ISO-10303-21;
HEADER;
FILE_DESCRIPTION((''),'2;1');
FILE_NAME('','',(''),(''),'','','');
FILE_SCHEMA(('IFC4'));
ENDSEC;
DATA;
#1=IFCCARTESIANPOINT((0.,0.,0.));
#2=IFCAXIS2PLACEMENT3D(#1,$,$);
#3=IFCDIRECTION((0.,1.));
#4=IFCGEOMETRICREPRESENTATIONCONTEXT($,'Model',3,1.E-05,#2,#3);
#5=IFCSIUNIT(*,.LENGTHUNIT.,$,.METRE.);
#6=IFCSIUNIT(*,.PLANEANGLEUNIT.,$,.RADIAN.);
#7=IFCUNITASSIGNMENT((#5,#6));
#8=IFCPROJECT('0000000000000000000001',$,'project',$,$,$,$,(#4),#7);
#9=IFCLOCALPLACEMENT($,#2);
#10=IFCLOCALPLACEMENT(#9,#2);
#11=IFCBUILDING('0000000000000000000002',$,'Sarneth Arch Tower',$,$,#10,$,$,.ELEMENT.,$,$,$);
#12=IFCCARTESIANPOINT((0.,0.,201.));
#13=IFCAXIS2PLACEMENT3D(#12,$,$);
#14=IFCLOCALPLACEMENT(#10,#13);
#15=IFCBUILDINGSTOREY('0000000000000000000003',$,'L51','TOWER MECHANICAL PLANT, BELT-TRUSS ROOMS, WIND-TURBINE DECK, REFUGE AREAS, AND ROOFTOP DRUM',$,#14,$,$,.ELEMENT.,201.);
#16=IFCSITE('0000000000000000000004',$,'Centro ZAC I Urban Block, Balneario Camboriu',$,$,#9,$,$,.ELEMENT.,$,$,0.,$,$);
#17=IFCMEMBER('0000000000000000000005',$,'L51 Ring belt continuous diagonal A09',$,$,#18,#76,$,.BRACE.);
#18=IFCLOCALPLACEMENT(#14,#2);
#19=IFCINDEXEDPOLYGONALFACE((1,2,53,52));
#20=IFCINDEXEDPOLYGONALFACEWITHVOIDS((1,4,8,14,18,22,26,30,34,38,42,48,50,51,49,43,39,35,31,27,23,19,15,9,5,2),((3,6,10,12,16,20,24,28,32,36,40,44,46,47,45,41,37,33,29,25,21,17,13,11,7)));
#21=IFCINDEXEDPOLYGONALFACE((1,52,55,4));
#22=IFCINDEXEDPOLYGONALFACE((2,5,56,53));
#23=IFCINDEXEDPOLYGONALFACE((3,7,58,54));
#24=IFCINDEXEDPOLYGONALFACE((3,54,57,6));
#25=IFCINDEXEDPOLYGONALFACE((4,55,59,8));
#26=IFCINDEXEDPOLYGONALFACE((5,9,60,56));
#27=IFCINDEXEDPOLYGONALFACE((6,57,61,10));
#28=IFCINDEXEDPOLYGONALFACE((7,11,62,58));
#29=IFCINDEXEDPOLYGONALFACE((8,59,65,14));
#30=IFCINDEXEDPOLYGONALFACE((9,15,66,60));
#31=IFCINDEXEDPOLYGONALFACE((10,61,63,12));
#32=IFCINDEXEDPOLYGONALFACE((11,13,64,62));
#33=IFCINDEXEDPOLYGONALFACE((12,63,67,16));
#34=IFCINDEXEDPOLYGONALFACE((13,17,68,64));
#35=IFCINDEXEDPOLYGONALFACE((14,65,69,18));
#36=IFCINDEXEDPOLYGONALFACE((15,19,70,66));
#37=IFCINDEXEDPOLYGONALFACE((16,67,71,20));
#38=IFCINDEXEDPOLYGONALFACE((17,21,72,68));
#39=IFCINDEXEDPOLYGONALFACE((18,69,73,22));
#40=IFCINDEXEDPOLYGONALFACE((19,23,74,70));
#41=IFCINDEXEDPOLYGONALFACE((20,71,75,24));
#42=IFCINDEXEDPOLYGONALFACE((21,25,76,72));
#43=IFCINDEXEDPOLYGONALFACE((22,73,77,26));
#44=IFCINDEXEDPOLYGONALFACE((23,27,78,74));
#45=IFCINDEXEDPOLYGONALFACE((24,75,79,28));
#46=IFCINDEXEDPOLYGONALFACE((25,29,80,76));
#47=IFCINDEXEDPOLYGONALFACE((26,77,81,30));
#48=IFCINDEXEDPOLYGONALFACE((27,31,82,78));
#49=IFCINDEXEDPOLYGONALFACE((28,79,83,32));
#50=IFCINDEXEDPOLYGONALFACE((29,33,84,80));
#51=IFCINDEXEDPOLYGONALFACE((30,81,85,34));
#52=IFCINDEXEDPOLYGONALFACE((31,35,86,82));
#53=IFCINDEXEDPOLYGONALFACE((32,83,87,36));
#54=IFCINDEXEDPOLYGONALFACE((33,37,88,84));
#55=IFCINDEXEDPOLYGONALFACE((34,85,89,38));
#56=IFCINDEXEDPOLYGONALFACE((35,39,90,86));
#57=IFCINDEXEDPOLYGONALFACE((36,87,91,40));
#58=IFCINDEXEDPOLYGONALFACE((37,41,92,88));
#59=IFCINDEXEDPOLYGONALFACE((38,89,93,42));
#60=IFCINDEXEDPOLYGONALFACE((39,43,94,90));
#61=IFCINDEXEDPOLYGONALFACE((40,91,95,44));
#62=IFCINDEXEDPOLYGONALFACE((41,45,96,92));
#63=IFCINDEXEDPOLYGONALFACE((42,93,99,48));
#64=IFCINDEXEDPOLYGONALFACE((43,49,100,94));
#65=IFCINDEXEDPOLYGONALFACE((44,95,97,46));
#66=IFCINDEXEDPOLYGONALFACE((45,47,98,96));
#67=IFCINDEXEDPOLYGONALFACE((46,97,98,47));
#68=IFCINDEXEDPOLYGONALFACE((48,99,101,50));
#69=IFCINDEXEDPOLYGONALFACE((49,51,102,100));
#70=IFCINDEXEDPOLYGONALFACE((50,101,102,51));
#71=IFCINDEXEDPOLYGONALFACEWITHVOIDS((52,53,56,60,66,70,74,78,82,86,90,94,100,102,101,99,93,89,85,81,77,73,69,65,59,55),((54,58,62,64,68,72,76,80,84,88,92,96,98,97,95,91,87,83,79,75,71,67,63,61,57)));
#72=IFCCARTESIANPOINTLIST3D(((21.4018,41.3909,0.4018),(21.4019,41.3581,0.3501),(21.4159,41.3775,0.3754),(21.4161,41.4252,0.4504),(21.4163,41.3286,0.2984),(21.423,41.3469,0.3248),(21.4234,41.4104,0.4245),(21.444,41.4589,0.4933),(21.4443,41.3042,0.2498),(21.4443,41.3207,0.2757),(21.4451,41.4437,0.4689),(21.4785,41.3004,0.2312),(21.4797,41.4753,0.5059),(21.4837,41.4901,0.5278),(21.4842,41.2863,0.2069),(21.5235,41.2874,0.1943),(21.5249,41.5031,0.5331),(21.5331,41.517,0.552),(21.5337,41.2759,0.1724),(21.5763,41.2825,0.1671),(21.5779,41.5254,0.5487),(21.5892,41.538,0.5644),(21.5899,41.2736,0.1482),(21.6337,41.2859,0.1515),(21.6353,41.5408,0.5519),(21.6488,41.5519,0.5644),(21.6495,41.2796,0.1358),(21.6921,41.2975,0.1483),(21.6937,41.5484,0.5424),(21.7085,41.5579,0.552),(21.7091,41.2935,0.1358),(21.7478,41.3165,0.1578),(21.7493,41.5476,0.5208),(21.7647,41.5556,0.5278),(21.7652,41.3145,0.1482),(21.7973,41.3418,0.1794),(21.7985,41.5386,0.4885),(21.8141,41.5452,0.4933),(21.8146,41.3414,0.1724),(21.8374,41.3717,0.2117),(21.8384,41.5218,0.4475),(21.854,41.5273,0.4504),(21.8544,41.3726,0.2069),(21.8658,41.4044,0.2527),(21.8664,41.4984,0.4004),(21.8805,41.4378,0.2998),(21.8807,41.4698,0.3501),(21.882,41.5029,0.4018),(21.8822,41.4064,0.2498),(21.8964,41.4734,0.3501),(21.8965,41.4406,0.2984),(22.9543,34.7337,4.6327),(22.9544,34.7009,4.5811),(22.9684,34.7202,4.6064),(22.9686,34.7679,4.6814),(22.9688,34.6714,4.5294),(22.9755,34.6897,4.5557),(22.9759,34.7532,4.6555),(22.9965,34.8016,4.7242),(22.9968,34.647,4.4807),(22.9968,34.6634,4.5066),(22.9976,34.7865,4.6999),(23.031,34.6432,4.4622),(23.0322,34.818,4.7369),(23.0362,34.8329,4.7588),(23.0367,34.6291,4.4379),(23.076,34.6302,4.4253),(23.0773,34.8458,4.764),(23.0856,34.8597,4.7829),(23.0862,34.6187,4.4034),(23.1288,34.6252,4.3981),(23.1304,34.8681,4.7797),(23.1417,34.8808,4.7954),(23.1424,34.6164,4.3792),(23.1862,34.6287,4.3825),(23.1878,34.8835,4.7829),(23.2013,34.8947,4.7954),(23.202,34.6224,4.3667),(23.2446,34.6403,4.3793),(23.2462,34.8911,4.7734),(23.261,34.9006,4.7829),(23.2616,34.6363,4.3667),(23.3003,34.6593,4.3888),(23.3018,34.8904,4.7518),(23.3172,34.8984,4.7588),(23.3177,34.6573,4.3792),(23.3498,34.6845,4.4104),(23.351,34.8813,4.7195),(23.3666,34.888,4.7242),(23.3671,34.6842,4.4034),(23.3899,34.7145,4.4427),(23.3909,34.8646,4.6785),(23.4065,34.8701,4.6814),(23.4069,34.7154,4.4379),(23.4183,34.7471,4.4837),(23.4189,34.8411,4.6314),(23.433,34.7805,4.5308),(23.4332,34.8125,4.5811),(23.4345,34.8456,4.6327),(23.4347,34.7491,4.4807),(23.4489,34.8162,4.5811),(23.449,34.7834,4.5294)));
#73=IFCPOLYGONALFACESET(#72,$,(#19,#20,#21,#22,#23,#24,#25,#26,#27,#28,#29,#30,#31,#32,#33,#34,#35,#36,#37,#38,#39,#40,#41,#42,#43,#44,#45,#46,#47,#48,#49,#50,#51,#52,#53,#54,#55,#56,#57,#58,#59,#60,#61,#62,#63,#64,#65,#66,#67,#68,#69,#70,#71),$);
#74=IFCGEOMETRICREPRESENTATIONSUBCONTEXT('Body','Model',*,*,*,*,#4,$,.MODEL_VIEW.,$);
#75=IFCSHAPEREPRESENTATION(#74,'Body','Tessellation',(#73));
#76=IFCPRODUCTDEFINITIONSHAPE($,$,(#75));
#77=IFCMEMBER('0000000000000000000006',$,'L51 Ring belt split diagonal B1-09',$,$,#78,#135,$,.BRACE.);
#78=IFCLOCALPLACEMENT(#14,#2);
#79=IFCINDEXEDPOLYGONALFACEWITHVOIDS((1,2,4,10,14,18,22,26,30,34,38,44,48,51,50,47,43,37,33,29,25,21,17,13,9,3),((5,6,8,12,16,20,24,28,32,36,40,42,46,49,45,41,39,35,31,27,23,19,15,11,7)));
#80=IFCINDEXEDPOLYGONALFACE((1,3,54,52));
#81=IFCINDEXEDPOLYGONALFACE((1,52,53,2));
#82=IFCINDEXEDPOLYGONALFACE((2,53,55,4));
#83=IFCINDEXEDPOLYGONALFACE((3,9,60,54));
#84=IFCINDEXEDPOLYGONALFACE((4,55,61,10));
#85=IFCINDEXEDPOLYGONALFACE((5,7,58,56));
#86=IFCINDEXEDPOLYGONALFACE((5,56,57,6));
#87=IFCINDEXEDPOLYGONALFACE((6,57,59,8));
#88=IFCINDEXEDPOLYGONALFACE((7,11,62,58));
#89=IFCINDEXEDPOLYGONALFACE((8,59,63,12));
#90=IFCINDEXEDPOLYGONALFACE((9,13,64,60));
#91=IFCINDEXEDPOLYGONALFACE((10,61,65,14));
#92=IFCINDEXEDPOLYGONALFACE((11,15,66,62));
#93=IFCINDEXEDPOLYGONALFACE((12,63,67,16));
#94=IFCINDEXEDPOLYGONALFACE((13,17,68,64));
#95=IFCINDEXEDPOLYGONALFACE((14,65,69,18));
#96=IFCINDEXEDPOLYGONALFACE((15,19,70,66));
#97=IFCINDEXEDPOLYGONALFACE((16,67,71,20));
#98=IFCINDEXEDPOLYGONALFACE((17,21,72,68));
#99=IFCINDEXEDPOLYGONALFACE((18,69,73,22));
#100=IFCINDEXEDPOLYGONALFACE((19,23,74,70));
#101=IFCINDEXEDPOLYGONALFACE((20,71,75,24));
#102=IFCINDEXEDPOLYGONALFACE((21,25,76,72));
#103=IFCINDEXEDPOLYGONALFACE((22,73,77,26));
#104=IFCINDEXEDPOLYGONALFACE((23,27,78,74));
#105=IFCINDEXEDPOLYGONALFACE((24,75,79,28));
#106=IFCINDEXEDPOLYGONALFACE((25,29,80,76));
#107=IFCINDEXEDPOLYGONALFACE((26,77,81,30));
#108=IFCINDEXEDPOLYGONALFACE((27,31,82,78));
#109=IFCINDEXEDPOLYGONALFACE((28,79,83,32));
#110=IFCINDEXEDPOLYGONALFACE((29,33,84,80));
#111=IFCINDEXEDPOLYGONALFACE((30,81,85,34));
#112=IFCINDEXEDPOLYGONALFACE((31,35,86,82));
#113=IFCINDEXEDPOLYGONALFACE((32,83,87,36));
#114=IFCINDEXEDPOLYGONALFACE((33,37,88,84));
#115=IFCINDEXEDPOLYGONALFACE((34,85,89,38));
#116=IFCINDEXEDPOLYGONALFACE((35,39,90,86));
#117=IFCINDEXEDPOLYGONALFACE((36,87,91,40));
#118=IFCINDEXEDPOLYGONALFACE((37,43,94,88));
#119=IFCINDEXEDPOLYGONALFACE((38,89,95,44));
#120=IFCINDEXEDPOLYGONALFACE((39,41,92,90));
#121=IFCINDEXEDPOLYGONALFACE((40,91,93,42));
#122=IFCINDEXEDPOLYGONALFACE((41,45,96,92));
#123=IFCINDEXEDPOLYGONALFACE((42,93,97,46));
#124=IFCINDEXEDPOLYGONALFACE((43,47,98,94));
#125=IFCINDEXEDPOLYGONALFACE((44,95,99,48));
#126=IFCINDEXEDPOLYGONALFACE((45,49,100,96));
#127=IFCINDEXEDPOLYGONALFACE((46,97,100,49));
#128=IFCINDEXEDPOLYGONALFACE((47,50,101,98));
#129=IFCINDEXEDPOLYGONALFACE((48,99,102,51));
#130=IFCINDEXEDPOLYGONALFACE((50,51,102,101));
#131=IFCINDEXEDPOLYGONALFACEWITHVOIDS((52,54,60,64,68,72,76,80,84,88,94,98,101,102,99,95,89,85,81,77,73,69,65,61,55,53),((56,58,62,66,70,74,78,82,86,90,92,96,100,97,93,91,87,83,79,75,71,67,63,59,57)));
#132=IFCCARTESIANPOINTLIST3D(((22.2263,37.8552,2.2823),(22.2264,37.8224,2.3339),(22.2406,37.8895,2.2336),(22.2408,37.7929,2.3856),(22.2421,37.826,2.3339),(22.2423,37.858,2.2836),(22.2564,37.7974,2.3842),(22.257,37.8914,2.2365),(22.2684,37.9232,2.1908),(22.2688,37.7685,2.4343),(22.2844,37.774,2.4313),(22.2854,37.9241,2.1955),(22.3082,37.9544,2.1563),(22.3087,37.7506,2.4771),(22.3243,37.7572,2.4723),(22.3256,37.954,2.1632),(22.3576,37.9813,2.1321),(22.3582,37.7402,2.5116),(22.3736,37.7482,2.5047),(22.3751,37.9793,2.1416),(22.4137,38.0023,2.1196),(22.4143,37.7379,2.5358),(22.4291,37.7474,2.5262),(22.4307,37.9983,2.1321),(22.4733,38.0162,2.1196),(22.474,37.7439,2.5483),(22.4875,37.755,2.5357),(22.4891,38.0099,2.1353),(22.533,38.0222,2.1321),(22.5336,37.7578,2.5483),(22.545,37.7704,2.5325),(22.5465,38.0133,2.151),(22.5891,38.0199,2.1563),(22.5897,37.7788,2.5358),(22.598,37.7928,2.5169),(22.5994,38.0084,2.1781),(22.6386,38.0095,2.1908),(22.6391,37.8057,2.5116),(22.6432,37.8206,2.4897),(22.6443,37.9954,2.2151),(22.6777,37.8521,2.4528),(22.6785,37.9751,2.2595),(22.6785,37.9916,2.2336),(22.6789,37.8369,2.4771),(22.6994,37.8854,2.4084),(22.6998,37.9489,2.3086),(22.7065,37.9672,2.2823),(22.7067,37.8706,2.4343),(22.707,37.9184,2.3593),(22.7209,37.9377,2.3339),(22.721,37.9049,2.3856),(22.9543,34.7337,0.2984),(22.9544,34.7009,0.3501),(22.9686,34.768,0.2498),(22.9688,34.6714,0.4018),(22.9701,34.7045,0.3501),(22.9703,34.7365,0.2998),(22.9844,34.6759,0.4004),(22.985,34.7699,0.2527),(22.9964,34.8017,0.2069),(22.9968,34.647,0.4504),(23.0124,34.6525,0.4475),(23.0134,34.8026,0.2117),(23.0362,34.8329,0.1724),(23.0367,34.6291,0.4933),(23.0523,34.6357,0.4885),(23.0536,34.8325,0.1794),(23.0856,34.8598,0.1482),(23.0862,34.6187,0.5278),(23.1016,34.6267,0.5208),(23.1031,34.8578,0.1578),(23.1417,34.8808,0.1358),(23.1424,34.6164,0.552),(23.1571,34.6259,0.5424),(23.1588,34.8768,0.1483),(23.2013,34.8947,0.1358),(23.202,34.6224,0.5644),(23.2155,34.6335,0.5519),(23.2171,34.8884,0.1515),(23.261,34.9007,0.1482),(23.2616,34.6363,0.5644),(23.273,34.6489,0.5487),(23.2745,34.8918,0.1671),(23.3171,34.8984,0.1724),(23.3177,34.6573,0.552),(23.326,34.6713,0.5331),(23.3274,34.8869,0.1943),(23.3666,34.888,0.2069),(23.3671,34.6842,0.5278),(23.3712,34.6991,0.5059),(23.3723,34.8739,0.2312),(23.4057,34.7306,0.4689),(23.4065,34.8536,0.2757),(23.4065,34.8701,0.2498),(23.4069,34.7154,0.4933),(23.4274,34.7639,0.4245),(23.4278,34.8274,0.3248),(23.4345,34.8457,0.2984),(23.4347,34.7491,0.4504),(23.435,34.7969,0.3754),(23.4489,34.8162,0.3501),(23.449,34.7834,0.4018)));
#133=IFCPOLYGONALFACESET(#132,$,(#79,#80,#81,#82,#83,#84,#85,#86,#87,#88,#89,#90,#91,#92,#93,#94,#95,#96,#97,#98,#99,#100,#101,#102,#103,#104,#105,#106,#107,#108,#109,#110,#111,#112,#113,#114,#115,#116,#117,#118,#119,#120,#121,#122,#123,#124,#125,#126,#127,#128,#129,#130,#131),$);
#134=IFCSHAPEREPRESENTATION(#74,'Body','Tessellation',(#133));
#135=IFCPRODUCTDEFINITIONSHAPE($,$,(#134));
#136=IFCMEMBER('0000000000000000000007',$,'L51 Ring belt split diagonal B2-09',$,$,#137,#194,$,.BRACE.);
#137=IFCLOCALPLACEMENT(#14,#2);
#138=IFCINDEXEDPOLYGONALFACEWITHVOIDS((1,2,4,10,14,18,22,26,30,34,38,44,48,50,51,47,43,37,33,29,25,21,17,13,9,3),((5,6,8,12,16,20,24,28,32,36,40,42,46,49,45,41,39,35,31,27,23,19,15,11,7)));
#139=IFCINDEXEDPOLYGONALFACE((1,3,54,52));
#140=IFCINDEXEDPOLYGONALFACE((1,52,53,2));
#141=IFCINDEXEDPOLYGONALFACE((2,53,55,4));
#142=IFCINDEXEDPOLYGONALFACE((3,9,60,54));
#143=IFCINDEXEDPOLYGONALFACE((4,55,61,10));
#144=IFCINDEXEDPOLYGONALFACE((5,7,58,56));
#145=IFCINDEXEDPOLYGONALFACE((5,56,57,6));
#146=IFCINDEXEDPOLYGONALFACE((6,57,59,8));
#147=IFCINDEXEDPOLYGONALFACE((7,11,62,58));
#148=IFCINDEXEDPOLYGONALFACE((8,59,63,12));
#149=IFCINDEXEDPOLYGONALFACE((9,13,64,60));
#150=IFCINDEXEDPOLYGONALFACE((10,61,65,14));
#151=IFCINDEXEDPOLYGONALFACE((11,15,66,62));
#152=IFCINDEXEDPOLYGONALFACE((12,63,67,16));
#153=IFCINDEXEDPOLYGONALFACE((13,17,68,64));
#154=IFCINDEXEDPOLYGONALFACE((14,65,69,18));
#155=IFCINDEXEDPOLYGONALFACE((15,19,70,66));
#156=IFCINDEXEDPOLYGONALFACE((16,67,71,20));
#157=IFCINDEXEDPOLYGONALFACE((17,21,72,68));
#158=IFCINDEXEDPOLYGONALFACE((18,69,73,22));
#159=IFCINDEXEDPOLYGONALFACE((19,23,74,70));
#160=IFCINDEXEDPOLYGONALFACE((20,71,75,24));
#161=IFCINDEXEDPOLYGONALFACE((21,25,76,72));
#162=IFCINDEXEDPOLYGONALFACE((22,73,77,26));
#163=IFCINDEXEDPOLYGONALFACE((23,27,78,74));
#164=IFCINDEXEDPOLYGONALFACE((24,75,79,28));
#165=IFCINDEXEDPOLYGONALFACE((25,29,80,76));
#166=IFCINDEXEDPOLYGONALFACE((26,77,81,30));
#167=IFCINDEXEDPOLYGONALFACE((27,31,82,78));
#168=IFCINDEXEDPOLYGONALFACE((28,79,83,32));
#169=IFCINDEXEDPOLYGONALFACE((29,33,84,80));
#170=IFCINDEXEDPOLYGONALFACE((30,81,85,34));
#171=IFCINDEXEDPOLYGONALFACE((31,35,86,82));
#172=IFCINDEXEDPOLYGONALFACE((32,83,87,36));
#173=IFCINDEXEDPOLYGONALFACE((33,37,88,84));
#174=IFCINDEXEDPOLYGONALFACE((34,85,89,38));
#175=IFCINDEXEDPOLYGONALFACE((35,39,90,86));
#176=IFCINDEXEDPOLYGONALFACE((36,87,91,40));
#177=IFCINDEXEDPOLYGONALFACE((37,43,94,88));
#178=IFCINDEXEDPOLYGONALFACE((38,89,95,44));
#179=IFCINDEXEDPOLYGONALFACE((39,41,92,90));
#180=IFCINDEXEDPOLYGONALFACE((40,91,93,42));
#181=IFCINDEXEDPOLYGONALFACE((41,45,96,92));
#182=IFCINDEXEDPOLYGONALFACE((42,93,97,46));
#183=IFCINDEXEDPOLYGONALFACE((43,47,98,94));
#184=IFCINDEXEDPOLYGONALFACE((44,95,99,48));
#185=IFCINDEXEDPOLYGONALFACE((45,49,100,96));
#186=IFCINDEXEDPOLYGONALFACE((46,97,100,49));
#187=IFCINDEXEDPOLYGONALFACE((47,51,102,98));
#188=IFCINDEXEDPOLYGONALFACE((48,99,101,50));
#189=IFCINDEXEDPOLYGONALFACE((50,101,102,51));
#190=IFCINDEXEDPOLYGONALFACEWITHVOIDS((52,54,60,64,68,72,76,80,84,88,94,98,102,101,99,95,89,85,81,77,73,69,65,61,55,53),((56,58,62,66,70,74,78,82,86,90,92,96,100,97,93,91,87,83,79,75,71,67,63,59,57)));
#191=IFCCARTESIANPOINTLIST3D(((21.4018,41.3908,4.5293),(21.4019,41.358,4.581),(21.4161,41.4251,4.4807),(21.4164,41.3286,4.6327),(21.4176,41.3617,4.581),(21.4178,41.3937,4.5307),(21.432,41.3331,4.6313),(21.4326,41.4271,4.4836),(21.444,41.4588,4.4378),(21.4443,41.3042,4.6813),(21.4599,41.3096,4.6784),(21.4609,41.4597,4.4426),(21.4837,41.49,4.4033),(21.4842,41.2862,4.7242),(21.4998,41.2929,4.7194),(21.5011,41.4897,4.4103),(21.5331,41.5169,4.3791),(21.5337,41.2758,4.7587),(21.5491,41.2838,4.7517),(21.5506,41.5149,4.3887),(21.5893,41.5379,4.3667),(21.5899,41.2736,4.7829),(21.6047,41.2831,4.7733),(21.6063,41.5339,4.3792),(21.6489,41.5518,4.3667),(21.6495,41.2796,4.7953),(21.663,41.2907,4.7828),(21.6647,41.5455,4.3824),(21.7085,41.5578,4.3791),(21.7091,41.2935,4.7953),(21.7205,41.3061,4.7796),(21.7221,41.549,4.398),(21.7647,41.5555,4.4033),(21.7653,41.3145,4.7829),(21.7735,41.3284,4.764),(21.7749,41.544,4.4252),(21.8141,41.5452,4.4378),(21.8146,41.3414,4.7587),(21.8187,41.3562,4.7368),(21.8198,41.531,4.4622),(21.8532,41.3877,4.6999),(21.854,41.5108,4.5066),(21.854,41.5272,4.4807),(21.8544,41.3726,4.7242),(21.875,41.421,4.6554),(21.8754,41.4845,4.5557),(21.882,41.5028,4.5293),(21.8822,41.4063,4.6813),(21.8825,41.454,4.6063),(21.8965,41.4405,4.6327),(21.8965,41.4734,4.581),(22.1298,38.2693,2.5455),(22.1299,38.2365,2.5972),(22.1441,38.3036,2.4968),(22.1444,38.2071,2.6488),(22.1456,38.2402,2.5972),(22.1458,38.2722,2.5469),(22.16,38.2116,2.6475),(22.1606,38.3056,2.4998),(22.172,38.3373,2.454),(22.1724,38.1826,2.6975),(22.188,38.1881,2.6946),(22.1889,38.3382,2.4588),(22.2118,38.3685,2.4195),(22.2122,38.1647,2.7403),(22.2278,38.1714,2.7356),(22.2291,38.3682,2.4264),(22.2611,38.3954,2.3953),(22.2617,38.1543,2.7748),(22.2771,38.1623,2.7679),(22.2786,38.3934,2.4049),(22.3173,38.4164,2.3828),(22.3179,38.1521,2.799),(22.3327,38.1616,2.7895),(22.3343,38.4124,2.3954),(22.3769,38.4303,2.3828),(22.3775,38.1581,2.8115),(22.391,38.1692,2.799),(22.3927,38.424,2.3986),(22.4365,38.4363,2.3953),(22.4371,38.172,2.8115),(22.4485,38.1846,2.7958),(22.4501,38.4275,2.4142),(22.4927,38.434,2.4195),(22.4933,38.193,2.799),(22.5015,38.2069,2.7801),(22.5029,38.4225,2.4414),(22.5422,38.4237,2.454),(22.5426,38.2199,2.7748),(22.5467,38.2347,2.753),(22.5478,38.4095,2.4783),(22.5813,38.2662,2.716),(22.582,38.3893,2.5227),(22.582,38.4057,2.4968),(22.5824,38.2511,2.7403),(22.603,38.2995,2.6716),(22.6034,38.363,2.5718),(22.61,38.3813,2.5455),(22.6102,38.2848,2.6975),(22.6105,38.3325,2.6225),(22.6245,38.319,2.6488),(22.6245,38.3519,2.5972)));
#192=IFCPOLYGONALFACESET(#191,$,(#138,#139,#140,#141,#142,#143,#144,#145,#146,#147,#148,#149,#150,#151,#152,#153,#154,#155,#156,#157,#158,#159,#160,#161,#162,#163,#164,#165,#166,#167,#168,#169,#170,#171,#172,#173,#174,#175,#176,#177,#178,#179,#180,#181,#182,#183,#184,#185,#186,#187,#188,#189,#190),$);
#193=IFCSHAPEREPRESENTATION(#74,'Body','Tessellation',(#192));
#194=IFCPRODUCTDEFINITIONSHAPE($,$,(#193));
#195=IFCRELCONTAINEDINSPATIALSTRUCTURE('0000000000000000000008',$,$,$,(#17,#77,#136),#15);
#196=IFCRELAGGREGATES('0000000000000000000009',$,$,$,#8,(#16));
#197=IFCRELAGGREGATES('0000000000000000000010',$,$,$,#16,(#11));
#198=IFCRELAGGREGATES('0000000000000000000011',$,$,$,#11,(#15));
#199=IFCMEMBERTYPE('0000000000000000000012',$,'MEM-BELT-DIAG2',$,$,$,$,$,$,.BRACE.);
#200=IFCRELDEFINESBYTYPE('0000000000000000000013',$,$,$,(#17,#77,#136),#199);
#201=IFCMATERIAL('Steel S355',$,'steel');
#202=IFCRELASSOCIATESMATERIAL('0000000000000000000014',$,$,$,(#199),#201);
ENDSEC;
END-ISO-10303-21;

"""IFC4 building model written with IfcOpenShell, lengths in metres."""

from ifc_helpers import new_model, si_unit, direction, frame, origin, origin_2d, place, context, subcontext, project, spatial, hollow_circle, extrude, material, material_profile, profile_set, type_object, element, save


model = new_model("IFC4")

# Units and contexts
model_context = context("Model", 3, precision=1e-05, world=origin(), true_north=direction((0.0, 1.0)))
body_context = subcontext(model_context, "Body", "Model", "MODEL_VIEW")
ifc_project = project(units=[si_unit("LENGTHUNIT", "METRE"), si_unit("PLANEANGLEUNIT", "RADIAN")], contexts=[model_context])

# Site, building, storey
site_placement = place(None, origin())
site = spatial("IfcSite", under=ifc_project, at=site_placement, Name="Centro ZAC I Urban Block, Balneario Camboriu", CompositionType="ELEMENT", RefElevation=0.0)
building_placement = place(site_placement, origin())
building = spatial("IfcBuilding", under=site, at=building_placement, Name="Sarneth Arch Tower", CompositionType="ELEMENT")
storey_placement = place(building_placement, frame((0.0, 0.0, 201.0)))
storey = spatial("IfcBuildingStorey", under=building, at=storey_placement, Name="L51", Description="TOWER MECHANICAL PLANT, BELT-TRUSS ROOMS, WIND-TURBINE DECK, REFUGE AREAS, AND ROOFTOP DRUM", CompositionType="ELEMENT", Elevation=201.0)

# Members
ifc_material_1 = material(Name="Steel S355", Category="steel")
ifc_material_profile_1 = material_profile(ifc_material_1, hollow_circle(Radius=0.2539, WallThickness=0.0161, at=origin_2d()), Name="CHS508x16")
ifc_profile_set_1 = profile_set([ifc_material_profile_1], Name="Steel S355")
member_type_1 = type_object("IfcMemberType", Name="MEM-BELT-DIAG2", PredefinedType="BRACE", material=ifc_profile_set_1)
member_1_placement = place(storey_placement, frame((21.6492, 41.4158, 0.3501), z_axis=(0.193113, -0.828088, 0.526286), x_axis=(0.973869, 0.22711, 0.0)))
element("IfcMember", 1, at=member_1_placement, inside=storey, type_object=member_type_1, Name="L51 Ring belt continuous diagonal A09", PredefinedType="BRACE", context=body_context, shape_type="SweptSolid", body=[
    extrude(hollow_circle(Radius=0.2539, WallThickness=0.0161, at=origin_2d()), origin(), (0.0, 0.0, 1.0), 8.0393),
])
for number, where, z_axis, x_axis, name in (
    (2, (23.2017, 34.7585, 0.3501), (-0.19313, 0.828087, 0.526282), (-0.973865, -0.227128, 0.0), "L51 Ring belt split diagonal B1-09"),
    (3, (22.3772, 38.2942, 2.5972), (-0.19313, 0.828087, 0.526282), (-0.973865, -0.227128, 0.0), "L51 Ring belt split diagonal B2-09"),
):
    element("IfcMember", number, at=place(storey_placement, frame(where, z_axis=z_axis, x_axis=x_axis)), inside=storey, type_object=member_type_1, Name=name, PredefinedType="BRACE", context=body_context, shape_type="SweptSolid", body=[
        extrude(hollow_circle(Radius=0.2539, WallThickness=0.0161, at=origin_2d()), origin(), (0.0, 0.0, 1.0), 3.7695),
    ])

save(model, "model.ifc")
